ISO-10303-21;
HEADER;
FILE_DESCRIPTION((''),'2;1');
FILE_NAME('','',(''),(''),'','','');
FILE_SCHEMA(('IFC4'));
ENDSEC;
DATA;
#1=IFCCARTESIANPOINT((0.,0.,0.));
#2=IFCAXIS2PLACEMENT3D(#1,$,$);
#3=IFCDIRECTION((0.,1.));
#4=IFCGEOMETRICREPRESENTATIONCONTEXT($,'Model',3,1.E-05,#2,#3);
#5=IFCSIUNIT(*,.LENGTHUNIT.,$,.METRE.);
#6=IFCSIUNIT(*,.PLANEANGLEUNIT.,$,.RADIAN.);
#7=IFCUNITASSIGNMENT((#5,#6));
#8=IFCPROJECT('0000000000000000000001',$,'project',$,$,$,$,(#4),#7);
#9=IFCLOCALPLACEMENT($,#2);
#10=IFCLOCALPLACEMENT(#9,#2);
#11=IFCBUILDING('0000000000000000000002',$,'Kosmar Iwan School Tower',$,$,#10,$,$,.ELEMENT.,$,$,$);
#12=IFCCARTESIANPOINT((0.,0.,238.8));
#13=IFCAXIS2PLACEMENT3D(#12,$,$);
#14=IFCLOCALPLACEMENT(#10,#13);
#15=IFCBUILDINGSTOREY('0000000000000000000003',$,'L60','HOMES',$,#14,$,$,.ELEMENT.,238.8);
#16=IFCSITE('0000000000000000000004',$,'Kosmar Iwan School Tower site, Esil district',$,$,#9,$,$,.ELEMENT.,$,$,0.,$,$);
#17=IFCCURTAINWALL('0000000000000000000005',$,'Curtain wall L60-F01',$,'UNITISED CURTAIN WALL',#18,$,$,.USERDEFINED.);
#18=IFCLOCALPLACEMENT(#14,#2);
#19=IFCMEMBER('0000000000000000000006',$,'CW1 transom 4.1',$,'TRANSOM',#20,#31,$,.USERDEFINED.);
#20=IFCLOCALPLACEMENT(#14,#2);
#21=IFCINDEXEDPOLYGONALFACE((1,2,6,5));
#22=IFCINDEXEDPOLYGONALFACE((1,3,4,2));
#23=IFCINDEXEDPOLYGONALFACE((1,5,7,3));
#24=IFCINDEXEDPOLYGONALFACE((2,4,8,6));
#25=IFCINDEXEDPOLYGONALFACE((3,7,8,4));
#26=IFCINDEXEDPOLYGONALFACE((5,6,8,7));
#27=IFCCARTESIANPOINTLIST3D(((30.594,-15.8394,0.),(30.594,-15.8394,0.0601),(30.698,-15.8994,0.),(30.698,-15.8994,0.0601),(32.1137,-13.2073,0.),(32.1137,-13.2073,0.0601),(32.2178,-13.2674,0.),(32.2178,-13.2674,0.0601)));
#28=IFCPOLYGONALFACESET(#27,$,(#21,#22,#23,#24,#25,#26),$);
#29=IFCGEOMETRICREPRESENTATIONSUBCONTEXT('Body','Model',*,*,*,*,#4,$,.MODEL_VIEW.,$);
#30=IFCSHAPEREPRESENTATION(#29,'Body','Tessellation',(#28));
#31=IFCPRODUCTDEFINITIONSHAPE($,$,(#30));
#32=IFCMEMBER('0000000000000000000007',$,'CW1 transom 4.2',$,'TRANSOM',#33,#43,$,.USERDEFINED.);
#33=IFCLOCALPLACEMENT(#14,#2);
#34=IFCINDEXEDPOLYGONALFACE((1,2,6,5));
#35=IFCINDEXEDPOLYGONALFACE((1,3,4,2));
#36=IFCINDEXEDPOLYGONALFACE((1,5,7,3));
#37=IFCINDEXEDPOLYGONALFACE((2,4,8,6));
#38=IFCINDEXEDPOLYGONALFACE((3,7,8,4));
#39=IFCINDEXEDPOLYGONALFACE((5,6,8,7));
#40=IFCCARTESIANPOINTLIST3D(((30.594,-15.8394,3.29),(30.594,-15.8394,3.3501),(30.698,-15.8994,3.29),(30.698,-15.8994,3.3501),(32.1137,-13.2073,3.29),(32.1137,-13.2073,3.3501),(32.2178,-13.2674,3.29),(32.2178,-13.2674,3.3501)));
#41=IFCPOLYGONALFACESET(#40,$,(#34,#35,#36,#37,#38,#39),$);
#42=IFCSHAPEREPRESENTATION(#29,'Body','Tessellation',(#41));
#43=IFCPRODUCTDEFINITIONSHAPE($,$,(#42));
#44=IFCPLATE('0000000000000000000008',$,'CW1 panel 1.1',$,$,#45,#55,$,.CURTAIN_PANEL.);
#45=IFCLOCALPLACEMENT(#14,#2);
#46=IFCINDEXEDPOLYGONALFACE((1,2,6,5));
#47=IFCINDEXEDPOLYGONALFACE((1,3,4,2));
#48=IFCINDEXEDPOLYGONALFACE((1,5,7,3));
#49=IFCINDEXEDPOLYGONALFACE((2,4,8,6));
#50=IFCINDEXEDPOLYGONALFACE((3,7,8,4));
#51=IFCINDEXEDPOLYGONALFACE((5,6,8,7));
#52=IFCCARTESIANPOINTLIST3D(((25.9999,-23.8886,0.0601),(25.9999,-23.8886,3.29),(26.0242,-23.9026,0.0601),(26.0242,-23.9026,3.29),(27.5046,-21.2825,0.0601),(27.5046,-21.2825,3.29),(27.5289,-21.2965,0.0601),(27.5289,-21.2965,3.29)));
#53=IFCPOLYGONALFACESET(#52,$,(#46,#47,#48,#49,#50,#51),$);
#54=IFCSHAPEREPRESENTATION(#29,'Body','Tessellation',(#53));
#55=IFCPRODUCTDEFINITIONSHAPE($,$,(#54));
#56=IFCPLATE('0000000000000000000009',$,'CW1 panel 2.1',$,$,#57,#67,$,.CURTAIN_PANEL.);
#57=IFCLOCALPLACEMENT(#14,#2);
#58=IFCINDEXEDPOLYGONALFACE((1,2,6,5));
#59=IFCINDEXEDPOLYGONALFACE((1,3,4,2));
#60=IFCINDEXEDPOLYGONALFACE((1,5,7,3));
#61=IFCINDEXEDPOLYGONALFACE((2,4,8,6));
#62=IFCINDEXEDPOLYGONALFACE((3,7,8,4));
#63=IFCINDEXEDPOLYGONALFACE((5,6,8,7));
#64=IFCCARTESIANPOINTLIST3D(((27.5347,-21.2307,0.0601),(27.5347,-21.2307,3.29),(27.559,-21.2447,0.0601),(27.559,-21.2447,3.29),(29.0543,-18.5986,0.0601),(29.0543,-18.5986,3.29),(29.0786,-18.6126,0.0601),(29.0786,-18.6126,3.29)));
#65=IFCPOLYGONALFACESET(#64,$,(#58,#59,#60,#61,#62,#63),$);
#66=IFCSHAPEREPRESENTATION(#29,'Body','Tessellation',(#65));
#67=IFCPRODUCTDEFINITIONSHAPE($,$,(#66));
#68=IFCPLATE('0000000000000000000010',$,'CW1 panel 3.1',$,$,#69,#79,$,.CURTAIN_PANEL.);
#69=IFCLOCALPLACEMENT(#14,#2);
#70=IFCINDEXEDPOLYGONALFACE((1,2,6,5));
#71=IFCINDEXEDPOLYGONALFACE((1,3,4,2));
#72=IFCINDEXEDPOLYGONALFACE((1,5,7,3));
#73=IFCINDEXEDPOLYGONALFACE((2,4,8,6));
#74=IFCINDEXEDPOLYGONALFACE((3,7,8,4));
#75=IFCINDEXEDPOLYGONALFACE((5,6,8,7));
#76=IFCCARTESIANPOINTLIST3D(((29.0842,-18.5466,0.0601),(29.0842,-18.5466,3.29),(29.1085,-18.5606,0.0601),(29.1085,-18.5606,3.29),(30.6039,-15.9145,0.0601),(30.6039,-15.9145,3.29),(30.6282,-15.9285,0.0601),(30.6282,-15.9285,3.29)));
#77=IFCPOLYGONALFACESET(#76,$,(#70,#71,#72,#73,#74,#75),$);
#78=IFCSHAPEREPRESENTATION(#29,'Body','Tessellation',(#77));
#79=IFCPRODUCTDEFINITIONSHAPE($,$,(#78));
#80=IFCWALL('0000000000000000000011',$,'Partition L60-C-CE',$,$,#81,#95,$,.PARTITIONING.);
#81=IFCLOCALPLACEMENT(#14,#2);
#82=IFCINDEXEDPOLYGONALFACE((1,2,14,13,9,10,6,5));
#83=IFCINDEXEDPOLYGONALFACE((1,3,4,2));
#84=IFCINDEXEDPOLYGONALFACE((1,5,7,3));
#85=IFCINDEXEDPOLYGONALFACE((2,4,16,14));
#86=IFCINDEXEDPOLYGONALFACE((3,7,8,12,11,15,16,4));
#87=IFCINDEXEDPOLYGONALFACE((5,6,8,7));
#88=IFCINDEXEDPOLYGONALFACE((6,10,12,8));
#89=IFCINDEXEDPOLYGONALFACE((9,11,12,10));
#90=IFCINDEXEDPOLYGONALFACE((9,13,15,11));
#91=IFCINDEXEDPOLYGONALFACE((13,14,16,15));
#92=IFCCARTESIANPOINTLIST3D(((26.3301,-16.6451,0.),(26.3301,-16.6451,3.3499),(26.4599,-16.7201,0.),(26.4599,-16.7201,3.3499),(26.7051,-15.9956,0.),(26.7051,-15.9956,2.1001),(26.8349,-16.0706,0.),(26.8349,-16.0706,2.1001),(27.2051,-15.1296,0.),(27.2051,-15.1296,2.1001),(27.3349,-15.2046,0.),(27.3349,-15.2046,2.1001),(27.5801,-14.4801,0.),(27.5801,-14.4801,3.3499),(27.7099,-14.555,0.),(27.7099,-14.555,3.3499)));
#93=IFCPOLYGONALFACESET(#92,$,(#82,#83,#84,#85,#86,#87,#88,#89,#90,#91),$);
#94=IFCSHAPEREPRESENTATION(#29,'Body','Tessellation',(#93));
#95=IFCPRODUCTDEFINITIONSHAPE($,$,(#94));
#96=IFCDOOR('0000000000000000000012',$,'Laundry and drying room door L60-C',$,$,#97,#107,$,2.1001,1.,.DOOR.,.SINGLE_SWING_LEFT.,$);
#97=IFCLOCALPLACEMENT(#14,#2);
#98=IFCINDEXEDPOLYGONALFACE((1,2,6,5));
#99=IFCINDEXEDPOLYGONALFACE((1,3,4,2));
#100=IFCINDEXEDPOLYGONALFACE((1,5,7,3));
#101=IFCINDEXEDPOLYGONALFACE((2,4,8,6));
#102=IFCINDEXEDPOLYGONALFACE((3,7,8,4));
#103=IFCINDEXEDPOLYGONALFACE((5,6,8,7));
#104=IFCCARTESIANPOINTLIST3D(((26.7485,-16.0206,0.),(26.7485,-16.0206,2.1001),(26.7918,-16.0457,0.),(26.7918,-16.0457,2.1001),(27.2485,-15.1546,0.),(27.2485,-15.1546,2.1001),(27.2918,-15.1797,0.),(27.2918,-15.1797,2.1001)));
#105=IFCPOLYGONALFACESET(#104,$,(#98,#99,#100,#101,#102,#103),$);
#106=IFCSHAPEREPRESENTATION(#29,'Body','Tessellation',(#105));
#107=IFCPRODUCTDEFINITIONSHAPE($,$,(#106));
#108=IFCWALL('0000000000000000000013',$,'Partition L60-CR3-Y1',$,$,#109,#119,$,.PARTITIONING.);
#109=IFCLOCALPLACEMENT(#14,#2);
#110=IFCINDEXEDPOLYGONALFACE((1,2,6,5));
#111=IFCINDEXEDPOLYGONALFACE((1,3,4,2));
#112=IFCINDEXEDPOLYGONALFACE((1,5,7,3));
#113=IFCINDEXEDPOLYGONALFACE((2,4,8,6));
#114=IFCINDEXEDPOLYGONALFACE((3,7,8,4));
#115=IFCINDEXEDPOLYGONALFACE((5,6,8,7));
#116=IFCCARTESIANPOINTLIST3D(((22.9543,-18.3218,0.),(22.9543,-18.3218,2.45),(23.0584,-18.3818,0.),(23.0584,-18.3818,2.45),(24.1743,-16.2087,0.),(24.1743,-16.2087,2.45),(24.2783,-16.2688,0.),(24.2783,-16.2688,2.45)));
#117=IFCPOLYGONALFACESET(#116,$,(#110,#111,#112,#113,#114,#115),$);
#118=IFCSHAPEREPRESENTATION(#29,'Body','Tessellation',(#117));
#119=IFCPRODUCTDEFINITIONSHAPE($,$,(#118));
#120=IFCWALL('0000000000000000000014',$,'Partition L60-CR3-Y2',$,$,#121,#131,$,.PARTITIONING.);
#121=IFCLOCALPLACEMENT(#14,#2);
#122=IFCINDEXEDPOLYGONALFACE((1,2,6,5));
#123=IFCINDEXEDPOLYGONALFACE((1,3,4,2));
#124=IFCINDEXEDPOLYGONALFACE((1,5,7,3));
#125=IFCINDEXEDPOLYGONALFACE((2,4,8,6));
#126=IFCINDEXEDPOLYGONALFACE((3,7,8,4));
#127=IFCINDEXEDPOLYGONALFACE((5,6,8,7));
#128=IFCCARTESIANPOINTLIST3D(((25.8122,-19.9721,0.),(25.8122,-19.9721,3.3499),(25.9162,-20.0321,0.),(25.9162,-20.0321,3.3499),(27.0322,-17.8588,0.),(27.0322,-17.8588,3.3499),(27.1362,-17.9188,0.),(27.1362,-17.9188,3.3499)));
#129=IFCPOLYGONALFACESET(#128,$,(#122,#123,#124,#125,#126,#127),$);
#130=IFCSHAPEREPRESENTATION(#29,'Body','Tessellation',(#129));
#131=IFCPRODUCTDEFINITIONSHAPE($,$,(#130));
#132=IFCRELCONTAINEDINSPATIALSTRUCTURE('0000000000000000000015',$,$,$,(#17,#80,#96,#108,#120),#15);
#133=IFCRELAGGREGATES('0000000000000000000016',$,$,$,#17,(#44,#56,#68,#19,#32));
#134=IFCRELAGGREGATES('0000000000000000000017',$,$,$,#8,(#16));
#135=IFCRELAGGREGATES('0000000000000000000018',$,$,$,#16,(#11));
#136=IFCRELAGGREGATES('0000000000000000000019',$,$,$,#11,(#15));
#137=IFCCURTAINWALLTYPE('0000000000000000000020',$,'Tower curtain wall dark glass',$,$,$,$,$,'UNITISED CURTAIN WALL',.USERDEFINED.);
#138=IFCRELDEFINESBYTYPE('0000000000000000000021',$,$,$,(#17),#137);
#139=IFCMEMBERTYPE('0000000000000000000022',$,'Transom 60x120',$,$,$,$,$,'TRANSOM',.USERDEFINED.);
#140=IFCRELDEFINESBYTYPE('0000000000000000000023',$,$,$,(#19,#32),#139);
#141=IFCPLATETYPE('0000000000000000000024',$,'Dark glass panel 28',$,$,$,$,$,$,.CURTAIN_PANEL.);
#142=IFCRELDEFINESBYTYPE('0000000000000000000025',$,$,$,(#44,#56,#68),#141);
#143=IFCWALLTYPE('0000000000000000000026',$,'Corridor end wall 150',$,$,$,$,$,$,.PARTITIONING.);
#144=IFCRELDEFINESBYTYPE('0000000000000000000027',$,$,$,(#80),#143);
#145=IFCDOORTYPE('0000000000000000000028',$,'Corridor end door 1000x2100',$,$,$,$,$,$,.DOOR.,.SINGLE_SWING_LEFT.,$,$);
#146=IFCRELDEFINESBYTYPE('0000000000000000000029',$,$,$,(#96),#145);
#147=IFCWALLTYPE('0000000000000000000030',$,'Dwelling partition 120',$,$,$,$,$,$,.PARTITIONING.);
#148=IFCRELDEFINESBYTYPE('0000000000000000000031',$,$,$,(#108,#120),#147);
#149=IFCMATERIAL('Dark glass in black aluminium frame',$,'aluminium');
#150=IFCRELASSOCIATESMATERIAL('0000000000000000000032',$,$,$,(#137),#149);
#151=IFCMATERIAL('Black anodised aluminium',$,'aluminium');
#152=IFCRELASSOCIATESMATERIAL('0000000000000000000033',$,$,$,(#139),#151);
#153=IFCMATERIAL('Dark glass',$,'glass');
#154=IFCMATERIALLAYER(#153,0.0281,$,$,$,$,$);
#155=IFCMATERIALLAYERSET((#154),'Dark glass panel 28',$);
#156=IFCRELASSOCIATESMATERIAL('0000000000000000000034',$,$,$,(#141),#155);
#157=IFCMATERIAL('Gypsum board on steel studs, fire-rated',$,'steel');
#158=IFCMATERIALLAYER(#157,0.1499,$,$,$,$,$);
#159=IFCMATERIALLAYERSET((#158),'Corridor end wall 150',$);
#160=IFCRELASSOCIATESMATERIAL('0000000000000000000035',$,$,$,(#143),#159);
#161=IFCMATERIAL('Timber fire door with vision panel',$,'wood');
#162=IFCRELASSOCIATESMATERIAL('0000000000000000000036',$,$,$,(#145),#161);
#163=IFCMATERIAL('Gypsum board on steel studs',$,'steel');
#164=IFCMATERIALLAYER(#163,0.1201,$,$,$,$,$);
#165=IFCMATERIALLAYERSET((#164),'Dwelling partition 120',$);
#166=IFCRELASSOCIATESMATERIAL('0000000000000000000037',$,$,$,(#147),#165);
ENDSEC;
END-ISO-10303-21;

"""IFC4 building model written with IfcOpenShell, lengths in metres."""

from ifc_helpers import new_model, si_unit, direction, frame, frame_2d, origin, origin_2d, place, context, subcontext, project, spatial, rectangle, extrude, material, layer, layer_set, material_profile, profile_set, type_object, element, fill, aggregate, save


model = new_model("IFC4")

# Units and contexts
model_context = context("Model", 3, precision=1e-05, world=origin(), true_north=direction((0.0, 1.0)))
body_context = subcontext(model_context, "Body", "Model", "MODEL_VIEW")
ifc_project = project(units=[si_unit("LENGTHUNIT", "METRE"), si_unit("PLANEANGLEUNIT", "RADIAN")], contexts=[model_context])

# Site, building, storey
site_placement = place(None, origin())
site = spatial("IfcSite", under=ifc_project, at=site_placement, Name="Kosmar Iwan School Tower site, Esil district", CompositionType="ELEMENT", RefElevation=0.0)
building_placement = place(site_placement, origin())
building = spatial("IfcBuilding", under=site, at=building_placement, Name="Kosmar Iwan School Tower", CompositionType="ELEMENT")
storey_placement = place(building_placement, frame((0.0, 0.0, 238.8)))
storey = spatial("IfcBuildingStorey", under=building, at=storey_placement, Name="L60", Description="HOMES", CompositionType="ELEMENT", Elevation=238.8)

# Curtain wall
ifc_material_1 = material(Name="Dark glass in black aluminium frame", Category="aluminium")
curtain_wall_type_1 = type_object("IfcCurtainWallType", Name="Tower curtain wall dark glass", ElementType="UNITISED CURTAIN WALL", PredefinedType="USERDEFINED", material=ifc_material_1)
curtain_wall_1_placement = place(storey_placement, origin())
curtain_wall_1 = element("IfcCurtainWall", 1, at=curtain_wall_1_placement, inside=storey, type_object=curtain_wall_type_1, Name="Curtain wall L60-F01", ObjectType="UNITISED CURTAIN WALL", PredefinedType="USERDEFINED")

# Members
ifc_material_2 = material(Name="Black anodised aluminium", Category="aluminium")
ifc_material_profile_1 = material_profile(ifc_material_2, rectangle(XDim=0.1201, YDim=0.0601, at=origin_2d()), Name="TRANSOM 60x120")
ifc_profile_set_1 = profile_set([ifc_material_profile_1], Name="Black anodised aluminium")
member_type_1 = type_object("IfcMemberType", Name="Transom 60x120", ElementType="TRANSOM", PredefinedType="USERDEFINED", material=ifc_profile_set_1)
member_1_placement = place(storey_placement, frame((30.646, -15.8694, 0.03), z_axis=(0.500035, 0.866005, 0.0), x_axis=(-0.866005, 0.500035, 0.0)))
member_1 = element("IfcMember", 2, at=member_1_placement, type_object=member_type_1, Name="CW1 transom 4.1", ObjectType="TRANSOM", PredefinedType="USERDEFINED", context=body_context, shape_type="SweptSolid", body=[
    extrude(rectangle(XDim=0.1201, YDim=0.0601, at=origin_2d()), origin(), (0.0, 0.0, 1.0), 3.0393),
])
member_2_placement = place(storey_placement, frame((30.646, -15.8694, 3.3201), z_axis=(0.500035, 0.866005, 0.0), x_axis=(-0.866005, 0.500035, 0.0)))
member_2 = element("IfcMember", 3, at=member_2_placement, type_object=member_type_1, Name="CW1 transom 4.2", ObjectType="TRANSOM", PredefinedType="USERDEFINED", context=body_context, shape_type="SweptSolid", body=[
    extrude(rectangle(XDim=0.1201, YDim=0.0601, at=origin_2d()), origin(), (0.0, 0.0, 1.0), 3.0393),
])

# Plates
ifc_material_3 = material(Name="Dark glass", Category="glass")
ifc_layer_1 = layer(ifc_material_3, 0.0281)
ifc_layer_set_1 = layer_set([ifc_layer_1], Name="Dark glass panel 28")
plate_type = type_object("IfcPlateType", Name="Dark glass panel 28", PredefinedType="CURTAIN_PANEL", material=ifc_layer_set_1)
plate_1_placement = place(storey_placement, frame((26.7644, -22.5925, 0.0601), z_axis=(0.0, 0.0, 1.0), x_axis=(0.5, 0.866025, 0.0)))
plate_1 = element("IfcPlate", 4, at=plate_1_placement, type_object=plate_type, Name="CW1 panel 1.1", PredefinedType="CURTAIN_PANEL", context=body_context, shape_type="SweptSolid", body=[
    extrude(rectangle(XDim=3.0093, YDim=0.0281, at=origin_2d()), origin(), (0.0, 0.0, 1.0), 3.23),
])
plate_2_placement = place(storey_placement, frame((28.3066, -19.9216, 0.0601), z_axis=(0.0, 0.0, 1.0), x_axis=(0.5, 0.866025, 0.0)))
plate_2 = element("IfcPlate", 5, at=plate_2_placement, type_object=plate_type, Name="CW1 panel 2.1", PredefinedType="CURTAIN_PANEL", context=body_context, shape_type="SweptSolid", body=[
    extrude(rectangle(XDim=3.0393, YDim=0.0281, at=origin_2d()), origin(), (0.0, 0.0, 1.0), 3.23),
])
plate_3_placement = place(storey_placement, frame((29.8562, -17.2375, 0.0601), z_axis=(0.0, 0.0, 1.0), x_axis=(0.5, 0.866025, 0.0)))
plate_3 = element("IfcPlate", 6, at=plate_3_placement, type_object=plate_type, Name="CW1 panel 3.1", PredefinedType="CURTAIN_PANEL", context=body_context, shape_type="SweptSolid", body=[
    extrude(rectangle(XDim=3.0393, YDim=0.0281, at=origin_2d()), origin(), (0.0, 0.0, 1.0), 3.23),
])
aggregate(curtain_wall_1, [plate_1, plate_2, plate_3, member_1, member_2])

# Wall, opening, door
ifc_material_4 = material(Name="Gypsum board on steel studs, fire-rated", Category="steel")
ifc_layer_2 = layer(ifc_material_4, 0.1499)
ifc_layer_set_2 = layer_set([ifc_layer_2], Name="Corridor end wall 150")
wall_type_1 = type_object("IfcWallType", Name="Corridor end wall 150", PredefinedType="PARTITIONING", material=ifc_layer_set_2)
wall_1_placement = place(storey_placement, frame((26.395, -16.6826, 0.0), z_axis=(0.0, 0.0, 1.0), x_axis=(0.500004, 0.866023, 0.0)))
wall_1 = element("IfcWall", 7, at=wall_1_placement, inside=storey, type_object=wall_type_1, Name="Partition L60-C-CE", PredefinedType="PARTITIONING", context=body_context, shape_type="SweptSolid", body=[
    extrude(rectangle(XDim=2.5, YDim=0.1499, at=frame_2d((1.25, 0.0))), origin(), (0.0, 0.0, 1.0), 3.3499),
])
opening_placement = place(wall_1_placement, frame((0.75, 0.0, 0.0)))
opening = element("IfcOpeningElement", 8, at=opening_placement, cuts=wall_1, PredefinedType="OPENING", context=body_context, shape_type="SweptSolid", body=[
    extrude(rectangle(XDim=1.0, YDim=2.1001, at=frame_2d((0.5, 1.05))), frame((0.0, 0.0869, 0.0), z_axis=(0.0, -1.0, 0.0), x_axis=(1.0, 0.0, 0.0)), (0.0, 0.0, 1.0), 0.1738),
])
ifc_material_5 = material(Name="Timber fire door with vision panel", Category="wood")
door_type = type_object("IfcDoorType", Name="Corridor end door 1000x2100", OperationType="SINGLE_SWING_LEFT", PredefinedType="DOOR", material=ifc_material_5)
door_placement = place(opening_placement, origin())
door = element("IfcDoor", 9, at=door_placement, inside=storey, type_object=door_type, Name="Laundry and drying room door L60-C", OperationType="SINGLE_SWING_LEFT", OverallHeight=2.1001, OverallWidth=1.0, PredefinedType="DOOR", context=body_context, shape_type="SweptSolid", body=[
    extrude(rectangle(XDim=1.0, YDim=2.1001, at=frame_2d((0.5, 1.05))), frame((0.0, 0.0249, 0.0), z_axis=(0.0, -1.0, 0.0), x_axis=(1.0, 0.0, 0.0)), (0.0, 0.0, 1.0), 0.05),
])
fill(opening, door)

# Walls
ifc_material_6 = material(Name="Gypsum board on steel studs", Category="steel")
ifc_layer_3 = layer(ifc_material_6, 0.1201)
ifc_layer_set_3 = layer_set([ifc_layer_3], Name="Dwelling partition 120")
wall_type_2 = type_object("IfcWallType", Name="Dwelling partition 120", PredefinedType="PARTITIONING", material=ifc_layer_set_3)
wall_2_placement = place(storey_placement, frame((24.2263, -16.2388, 0.0), z_axis=(0.0, 0.0, 1.0), x_axis=(-0.500003, -0.866024, 0.0)))
element("IfcWall", 10, at=wall_2_placement, inside=storey, type_object=wall_type_2, Name="Partition L60-CR3-Y1", PredefinedType="PARTITIONING", context=body_context, shape_type="SweptSolid", body=[
    extrude(rectangle(XDim=2.4399, YDim=0.1201, at=frame_2d((1.22, 0.0))), origin(), (0.0, 0.0, 1.0), 2.45),
])
wall_3_placement = place(storey_placement, frame((27.0842, -17.8887, 0.0), z_axis=(0.0, 0.0, 1.0), x_axis=(-0.499959, -0.866049, 0.0)))
element("IfcWall", 11, at=wall_3_placement, inside=storey, type_object=wall_type_2, Name="Partition L60-CR3-Y2", PredefinedType="PARTITIONING", context=body_context, shape_type="SweptSolid", body=[
    extrude(rectangle(XDim=2.4402, YDim=0.1201, at=frame_2d((1.2202, 0.0))), origin(), (0.0, 0.0, 1.0), 3.3499),
])

save(model, "model.ifc")
